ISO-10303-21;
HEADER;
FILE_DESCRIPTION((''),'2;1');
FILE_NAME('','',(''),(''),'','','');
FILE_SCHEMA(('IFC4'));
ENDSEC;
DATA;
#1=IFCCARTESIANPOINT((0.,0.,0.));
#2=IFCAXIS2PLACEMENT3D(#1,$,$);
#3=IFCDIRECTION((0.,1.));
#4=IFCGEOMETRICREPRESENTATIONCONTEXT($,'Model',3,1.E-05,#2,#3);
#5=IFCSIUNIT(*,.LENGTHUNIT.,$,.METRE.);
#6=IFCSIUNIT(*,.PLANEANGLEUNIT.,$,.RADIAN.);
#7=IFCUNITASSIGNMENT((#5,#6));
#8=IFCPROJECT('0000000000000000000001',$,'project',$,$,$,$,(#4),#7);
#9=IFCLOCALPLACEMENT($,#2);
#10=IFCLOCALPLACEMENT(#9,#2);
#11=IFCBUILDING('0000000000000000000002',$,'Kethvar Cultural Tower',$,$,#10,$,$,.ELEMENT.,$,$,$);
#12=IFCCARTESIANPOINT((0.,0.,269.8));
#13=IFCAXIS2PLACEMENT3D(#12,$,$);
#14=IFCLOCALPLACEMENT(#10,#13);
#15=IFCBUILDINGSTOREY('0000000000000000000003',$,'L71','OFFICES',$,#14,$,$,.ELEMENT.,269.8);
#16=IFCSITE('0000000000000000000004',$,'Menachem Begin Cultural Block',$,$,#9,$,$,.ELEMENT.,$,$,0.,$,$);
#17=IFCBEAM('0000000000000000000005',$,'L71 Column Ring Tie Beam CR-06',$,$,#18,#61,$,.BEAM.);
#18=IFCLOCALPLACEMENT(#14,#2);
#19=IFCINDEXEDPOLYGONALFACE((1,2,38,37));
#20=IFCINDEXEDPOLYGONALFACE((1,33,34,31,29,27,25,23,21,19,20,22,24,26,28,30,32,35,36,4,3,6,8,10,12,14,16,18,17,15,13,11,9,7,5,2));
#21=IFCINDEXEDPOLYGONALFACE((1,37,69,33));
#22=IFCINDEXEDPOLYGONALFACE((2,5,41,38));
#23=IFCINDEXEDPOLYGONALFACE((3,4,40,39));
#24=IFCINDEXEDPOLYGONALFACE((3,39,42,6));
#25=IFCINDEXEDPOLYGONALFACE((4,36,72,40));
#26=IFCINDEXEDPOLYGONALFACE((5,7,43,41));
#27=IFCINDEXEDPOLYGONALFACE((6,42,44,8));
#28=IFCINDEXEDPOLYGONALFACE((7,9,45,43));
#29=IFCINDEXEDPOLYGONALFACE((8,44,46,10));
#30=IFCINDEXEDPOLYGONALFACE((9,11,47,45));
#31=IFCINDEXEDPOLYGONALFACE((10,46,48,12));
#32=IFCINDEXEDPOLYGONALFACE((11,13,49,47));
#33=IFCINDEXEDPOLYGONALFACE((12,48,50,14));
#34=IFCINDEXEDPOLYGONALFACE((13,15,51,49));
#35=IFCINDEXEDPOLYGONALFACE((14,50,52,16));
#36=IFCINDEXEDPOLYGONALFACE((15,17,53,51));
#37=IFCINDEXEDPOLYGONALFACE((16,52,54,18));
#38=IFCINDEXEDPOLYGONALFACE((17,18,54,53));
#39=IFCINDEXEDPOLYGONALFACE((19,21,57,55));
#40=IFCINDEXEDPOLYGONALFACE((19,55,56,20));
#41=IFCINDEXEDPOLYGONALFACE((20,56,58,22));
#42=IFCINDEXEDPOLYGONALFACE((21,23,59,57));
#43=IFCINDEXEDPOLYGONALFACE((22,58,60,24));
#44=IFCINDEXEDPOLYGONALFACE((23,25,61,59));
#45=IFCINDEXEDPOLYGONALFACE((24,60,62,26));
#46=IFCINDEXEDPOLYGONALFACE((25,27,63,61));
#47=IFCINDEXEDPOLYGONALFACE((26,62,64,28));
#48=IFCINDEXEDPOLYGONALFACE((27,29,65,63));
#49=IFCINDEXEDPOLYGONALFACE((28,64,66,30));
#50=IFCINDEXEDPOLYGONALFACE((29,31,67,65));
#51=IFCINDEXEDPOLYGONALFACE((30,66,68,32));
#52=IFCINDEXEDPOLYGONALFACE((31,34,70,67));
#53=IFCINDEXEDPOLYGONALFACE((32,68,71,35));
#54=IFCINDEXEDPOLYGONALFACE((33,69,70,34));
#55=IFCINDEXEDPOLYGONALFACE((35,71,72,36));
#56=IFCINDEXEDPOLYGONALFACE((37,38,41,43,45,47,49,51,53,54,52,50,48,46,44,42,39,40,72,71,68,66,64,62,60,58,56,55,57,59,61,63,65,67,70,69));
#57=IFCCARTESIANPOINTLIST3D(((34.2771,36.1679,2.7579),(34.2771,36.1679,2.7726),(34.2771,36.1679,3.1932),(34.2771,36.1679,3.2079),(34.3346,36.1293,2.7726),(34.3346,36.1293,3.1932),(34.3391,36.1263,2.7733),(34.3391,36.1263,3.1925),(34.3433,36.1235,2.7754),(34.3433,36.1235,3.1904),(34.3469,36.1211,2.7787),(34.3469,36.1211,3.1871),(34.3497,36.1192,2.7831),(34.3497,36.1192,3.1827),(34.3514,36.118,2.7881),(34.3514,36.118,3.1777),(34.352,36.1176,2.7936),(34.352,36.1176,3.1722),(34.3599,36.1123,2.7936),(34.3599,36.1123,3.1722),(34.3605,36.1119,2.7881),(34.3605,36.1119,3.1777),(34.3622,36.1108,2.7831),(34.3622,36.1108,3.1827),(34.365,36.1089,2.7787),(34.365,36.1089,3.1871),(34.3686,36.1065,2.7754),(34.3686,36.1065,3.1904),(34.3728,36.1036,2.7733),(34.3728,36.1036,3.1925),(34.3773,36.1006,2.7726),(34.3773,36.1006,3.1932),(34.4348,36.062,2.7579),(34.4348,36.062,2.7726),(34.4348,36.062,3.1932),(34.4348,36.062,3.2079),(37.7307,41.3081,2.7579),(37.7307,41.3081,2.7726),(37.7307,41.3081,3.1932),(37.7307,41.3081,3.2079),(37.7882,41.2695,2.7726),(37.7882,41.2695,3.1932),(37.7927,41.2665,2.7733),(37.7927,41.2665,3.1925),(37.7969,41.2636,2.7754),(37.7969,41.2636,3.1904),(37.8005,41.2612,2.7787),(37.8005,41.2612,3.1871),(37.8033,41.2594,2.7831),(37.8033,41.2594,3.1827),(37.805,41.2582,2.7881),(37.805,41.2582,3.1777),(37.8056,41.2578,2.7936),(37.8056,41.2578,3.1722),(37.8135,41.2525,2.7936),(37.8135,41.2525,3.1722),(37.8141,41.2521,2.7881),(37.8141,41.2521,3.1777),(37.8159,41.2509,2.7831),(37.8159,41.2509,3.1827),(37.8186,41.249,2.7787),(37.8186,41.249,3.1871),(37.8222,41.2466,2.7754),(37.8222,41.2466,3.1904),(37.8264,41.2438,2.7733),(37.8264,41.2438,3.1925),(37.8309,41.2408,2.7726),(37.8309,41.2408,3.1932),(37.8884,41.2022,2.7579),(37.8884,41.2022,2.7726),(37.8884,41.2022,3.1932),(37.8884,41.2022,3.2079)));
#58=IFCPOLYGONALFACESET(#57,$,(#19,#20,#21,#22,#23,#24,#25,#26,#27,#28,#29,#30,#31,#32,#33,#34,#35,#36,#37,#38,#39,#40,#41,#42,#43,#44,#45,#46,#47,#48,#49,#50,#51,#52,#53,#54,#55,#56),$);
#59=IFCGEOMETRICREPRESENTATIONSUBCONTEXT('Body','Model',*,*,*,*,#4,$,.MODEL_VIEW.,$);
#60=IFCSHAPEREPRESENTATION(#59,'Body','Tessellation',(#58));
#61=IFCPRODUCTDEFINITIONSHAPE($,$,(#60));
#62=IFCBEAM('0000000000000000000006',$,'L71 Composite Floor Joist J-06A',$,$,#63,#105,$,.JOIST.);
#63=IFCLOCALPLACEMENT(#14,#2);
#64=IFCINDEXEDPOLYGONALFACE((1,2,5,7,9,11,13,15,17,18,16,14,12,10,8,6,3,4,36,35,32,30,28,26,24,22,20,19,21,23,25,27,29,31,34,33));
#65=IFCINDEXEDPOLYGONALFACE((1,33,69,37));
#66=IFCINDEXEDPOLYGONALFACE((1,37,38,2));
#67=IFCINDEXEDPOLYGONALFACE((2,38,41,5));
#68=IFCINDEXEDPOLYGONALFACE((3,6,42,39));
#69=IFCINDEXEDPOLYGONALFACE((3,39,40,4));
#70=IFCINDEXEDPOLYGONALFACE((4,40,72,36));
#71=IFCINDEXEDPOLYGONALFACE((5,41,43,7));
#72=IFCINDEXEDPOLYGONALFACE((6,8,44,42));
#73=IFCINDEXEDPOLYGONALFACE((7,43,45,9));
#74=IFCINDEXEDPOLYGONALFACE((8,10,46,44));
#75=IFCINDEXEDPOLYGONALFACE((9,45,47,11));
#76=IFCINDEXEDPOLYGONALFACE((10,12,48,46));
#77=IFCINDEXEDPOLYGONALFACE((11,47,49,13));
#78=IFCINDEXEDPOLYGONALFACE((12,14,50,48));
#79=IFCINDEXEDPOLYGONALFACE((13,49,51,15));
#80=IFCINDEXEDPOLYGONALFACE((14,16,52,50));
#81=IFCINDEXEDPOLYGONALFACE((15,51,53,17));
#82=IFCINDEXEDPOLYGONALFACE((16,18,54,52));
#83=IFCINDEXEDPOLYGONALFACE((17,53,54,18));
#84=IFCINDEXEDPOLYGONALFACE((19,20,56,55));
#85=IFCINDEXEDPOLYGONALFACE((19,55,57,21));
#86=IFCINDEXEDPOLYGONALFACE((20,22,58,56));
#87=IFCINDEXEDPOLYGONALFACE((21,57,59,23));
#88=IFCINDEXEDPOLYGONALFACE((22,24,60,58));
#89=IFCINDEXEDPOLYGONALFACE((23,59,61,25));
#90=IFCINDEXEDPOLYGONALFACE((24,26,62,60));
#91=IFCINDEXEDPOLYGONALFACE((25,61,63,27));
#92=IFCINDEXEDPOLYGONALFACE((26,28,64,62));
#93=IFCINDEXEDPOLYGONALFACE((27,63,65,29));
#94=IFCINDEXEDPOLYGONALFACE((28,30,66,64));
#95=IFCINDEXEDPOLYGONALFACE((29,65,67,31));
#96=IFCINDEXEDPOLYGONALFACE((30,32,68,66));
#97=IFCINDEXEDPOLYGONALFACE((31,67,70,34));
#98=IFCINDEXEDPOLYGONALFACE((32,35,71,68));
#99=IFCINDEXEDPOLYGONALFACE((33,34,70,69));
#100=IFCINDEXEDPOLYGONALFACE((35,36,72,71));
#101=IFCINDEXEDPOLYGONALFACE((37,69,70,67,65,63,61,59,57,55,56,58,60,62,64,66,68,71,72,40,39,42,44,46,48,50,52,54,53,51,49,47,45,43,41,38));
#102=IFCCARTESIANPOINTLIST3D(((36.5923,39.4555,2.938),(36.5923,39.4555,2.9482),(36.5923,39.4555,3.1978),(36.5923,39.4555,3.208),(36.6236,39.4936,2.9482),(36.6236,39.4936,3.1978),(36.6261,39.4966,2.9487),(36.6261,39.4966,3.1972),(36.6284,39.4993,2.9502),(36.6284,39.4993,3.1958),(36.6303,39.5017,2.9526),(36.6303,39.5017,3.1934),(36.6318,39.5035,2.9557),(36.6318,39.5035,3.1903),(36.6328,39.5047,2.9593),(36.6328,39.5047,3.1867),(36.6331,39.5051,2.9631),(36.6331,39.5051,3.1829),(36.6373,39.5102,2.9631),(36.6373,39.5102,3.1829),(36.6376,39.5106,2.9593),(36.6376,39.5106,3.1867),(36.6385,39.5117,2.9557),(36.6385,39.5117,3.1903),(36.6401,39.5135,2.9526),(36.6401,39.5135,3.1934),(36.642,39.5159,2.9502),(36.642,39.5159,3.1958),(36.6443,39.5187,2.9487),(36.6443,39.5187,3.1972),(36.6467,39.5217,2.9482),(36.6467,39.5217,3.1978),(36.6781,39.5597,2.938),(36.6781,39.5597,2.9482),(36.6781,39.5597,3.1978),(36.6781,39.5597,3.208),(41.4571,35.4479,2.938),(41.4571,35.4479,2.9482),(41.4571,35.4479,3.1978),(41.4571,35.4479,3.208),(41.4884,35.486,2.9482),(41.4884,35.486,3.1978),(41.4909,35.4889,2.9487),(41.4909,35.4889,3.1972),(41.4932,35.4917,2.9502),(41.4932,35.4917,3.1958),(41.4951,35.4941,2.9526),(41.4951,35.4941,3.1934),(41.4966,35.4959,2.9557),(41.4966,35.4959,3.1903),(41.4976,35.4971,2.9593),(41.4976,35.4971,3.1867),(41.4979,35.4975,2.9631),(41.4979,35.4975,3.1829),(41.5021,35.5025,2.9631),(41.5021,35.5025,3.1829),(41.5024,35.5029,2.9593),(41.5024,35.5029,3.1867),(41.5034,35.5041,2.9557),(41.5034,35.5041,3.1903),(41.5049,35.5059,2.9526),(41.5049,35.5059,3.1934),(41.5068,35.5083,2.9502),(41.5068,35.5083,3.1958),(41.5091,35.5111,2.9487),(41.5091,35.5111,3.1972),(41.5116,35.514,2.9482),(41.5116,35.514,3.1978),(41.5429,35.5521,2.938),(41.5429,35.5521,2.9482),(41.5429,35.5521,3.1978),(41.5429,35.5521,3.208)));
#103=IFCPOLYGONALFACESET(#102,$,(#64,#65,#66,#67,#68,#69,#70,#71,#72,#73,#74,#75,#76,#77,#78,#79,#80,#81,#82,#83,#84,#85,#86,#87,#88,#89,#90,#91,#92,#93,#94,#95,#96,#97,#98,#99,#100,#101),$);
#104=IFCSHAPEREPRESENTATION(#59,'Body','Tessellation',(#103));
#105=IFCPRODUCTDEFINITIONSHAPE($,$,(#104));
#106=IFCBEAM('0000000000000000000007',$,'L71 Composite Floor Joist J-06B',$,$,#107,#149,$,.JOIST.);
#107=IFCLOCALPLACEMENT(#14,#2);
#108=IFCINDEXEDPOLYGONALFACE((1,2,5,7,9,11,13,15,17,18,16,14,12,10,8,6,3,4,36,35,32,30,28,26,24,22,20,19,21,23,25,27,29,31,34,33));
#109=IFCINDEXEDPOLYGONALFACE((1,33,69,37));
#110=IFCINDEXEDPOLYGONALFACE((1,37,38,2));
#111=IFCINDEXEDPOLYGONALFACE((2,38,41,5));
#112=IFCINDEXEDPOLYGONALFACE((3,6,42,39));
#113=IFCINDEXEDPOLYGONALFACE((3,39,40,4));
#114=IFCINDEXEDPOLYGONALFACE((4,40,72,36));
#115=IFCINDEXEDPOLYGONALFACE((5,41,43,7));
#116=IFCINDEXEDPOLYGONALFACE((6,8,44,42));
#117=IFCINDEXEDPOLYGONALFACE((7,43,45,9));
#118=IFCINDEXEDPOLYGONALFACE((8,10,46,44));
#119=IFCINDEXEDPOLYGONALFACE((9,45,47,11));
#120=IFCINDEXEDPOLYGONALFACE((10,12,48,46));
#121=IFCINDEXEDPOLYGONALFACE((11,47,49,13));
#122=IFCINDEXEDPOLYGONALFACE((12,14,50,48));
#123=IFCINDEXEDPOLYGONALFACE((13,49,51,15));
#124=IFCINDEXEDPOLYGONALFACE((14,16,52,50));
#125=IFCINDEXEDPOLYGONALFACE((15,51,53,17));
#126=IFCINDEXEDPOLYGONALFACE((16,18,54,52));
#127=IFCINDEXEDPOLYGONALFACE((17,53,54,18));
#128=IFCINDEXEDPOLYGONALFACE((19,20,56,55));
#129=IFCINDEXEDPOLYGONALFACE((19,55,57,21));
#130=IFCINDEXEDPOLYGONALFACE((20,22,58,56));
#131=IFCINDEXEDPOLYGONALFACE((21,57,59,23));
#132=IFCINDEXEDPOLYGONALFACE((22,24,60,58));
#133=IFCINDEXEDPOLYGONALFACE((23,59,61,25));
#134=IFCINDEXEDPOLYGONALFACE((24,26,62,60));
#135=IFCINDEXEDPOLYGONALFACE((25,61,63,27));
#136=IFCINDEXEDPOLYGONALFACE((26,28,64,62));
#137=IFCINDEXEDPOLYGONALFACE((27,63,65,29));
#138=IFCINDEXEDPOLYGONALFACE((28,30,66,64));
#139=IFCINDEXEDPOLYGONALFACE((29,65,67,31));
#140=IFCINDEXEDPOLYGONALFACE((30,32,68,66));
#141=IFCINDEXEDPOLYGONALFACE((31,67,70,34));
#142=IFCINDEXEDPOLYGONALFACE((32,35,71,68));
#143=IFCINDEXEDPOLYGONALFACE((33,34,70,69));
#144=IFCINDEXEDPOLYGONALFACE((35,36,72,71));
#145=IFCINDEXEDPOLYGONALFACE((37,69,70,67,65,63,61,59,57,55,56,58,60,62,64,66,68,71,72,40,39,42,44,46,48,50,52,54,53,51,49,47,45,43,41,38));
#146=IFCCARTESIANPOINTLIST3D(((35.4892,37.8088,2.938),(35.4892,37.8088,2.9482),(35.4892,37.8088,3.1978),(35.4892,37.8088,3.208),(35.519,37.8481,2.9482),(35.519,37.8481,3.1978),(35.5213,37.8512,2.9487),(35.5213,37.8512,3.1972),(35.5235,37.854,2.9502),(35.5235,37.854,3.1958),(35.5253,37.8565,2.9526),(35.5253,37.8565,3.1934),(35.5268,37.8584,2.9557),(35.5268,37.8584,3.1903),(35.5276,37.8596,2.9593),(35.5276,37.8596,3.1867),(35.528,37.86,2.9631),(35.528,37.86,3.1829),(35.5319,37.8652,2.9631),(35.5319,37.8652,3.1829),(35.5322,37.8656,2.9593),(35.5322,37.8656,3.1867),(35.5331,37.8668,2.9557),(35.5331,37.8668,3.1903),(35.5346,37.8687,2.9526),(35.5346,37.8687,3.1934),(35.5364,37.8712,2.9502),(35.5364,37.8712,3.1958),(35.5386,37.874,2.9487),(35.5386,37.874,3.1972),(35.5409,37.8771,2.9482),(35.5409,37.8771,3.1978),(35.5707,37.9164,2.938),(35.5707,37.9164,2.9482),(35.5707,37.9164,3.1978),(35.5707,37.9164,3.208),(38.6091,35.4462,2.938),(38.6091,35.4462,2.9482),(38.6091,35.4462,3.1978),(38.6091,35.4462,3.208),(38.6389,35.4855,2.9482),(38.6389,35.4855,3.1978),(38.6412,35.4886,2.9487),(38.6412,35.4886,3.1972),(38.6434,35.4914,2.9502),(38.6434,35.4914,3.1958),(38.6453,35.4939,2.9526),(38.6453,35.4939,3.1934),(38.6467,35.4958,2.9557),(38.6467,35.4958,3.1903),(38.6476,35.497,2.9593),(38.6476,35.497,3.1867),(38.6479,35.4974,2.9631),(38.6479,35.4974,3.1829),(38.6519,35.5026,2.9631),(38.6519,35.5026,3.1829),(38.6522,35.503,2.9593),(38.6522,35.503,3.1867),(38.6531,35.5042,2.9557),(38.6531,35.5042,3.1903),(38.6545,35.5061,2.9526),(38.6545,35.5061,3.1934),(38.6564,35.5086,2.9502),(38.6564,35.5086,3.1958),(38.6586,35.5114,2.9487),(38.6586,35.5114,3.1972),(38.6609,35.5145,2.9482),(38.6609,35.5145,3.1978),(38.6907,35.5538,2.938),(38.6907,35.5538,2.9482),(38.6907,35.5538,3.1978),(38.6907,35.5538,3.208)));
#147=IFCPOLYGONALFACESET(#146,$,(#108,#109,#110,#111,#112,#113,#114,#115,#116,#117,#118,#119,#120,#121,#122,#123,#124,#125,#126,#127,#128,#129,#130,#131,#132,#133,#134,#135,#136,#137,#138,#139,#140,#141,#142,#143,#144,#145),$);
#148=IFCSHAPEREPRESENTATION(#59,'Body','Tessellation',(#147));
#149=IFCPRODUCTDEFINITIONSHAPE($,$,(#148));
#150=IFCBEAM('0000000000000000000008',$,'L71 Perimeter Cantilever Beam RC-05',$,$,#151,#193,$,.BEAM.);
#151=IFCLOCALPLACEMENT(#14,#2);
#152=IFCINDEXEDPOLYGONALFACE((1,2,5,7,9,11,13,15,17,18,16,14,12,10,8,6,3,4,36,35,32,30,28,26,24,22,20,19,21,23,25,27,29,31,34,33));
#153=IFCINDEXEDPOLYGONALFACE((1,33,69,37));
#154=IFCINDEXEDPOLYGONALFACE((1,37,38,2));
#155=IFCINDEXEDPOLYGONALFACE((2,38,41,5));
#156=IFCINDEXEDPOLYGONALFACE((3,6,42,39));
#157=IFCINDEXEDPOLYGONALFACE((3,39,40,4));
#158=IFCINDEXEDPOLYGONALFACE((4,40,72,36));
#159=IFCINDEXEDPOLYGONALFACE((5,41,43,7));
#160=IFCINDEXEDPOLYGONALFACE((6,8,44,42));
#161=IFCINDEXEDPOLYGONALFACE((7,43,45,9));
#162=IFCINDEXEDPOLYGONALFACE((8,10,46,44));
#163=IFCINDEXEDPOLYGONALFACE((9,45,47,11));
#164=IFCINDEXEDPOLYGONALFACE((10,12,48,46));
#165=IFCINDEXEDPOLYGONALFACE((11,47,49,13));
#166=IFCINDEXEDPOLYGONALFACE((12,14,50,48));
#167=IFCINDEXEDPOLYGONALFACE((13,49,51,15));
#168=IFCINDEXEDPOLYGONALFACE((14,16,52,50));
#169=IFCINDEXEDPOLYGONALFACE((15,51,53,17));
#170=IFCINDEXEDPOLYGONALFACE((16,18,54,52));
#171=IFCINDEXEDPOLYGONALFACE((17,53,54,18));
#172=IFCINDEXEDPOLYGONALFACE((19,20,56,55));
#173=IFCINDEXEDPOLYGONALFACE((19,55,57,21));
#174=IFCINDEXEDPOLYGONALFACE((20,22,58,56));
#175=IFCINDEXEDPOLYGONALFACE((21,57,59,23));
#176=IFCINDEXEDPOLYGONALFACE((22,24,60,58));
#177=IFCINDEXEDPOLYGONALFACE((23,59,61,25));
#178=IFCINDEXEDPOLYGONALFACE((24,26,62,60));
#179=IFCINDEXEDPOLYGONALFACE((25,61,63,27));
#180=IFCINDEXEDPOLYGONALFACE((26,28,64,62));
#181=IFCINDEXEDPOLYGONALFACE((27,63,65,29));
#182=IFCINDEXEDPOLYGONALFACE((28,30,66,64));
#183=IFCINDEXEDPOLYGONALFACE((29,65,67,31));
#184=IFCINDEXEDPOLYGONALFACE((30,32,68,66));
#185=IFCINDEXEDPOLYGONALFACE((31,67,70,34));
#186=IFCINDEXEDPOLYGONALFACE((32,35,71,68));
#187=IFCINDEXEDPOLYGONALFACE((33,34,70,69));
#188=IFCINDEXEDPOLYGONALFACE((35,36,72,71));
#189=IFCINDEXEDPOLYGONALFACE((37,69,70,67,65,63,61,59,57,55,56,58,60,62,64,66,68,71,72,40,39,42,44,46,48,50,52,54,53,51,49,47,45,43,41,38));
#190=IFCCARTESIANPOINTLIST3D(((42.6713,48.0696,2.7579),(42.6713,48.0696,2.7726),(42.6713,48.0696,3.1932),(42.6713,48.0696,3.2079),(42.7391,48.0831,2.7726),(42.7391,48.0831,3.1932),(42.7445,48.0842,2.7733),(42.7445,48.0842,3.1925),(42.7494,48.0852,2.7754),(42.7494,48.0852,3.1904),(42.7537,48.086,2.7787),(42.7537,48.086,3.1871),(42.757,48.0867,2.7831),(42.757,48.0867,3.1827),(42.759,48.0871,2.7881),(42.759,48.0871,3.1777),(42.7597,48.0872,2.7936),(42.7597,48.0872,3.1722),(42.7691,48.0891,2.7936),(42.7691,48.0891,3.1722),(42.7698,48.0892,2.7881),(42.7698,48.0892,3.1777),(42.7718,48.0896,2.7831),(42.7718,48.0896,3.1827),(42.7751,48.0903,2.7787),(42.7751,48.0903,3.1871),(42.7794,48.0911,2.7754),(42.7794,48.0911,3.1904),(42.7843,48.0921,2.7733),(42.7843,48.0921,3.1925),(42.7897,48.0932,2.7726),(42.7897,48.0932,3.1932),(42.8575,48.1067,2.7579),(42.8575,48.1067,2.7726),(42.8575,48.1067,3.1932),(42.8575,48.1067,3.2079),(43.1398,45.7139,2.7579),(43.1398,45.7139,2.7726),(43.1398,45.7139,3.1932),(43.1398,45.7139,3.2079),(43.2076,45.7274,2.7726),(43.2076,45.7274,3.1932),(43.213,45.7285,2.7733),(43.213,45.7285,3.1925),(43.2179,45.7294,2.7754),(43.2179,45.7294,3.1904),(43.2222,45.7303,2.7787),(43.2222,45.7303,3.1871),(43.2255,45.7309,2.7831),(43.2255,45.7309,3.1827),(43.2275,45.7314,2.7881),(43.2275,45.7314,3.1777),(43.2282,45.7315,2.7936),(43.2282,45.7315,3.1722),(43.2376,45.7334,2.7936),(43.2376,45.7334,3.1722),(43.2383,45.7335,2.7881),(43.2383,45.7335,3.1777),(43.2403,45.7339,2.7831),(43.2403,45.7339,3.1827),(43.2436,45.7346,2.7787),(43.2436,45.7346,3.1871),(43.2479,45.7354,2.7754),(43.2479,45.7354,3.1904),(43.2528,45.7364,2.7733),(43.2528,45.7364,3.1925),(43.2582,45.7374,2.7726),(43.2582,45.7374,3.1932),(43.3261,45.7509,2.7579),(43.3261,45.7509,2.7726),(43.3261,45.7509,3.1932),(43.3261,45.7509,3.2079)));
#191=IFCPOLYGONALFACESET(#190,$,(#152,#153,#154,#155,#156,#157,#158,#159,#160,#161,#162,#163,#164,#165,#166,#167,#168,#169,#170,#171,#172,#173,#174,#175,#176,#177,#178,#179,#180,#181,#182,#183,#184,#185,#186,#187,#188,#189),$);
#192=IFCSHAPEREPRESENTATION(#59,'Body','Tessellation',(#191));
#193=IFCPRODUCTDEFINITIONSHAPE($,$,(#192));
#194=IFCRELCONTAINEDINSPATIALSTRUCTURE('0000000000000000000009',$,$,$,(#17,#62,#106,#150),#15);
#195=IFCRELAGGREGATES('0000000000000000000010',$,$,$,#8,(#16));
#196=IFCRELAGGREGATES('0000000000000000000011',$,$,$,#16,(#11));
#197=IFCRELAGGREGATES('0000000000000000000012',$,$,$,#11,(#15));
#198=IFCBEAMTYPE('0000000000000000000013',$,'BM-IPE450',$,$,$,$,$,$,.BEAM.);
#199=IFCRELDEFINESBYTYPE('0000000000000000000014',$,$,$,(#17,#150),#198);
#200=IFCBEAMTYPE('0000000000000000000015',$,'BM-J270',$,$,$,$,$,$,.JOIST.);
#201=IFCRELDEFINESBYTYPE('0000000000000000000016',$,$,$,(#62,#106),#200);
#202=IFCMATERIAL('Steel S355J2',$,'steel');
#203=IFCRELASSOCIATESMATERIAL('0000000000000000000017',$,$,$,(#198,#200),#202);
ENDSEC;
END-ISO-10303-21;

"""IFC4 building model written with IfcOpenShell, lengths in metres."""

from ifc_helpers import new_model, si_unit, direction, frame, origin, origin_2d, place, context, subcontext, project, spatial, i_section, extrude, source, transform, mapped, material, material_profile, profile_set, type_object, element, save


model = new_model("IFC4")

# Units and contexts
model_context = context("Model", 3, precision=1e-05, world=origin(), true_north=direction((0.0, 1.0)))
body_context = subcontext(model_context, "Body", "Model", "MODEL_VIEW")
ifc_project = project(units=[si_unit("LENGTHUNIT", "METRE"), si_unit("PLANEANGLEUNIT", "RADIAN")], contexts=[model_context])

# Site, building, storey
site_placement = place(None, origin())
site = spatial("IfcSite", under=ifc_project, at=site_placement, Name="Menachem Begin Cultural Block", CompositionType="ELEMENT", RefElevation=0.0)
building_placement = place(site_placement, origin())
building = spatial("IfcBuilding", under=site, at=building_placement, Name="Kethvar Cultural Tower", CompositionType="ELEMENT")
storey_placement = place(building_placement, frame((0.0, 0.0, 269.8)))
storey = spatial("IfcBuildingStorey", under=building, at=storey_placement, Name="L71", Description="OFFICES", CompositionType="ELEMENT", Elevation=269.8)

# Shared definitions
ifc_material_1 = material(Name="Steel S355J2", Category="steel")

# Beams
ifc_material_profile_1 = material_profile(ifc_material_1, i_section(OverallWidth=0.1899, OverallDepth=0.45, WebThickness=0.0095, FlangeThickness=0.0146, FilletRadius=0.021, at=origin_2d()), Name="Steel S355J2 — IPE450")
ifc_profile_set_1 = profile_set([ifc_material_profile_1], Name="Steel S355J2 — IPE450")
beam_type_1 = type_object("IfcBeamType", Name="BM-IPE450", PredefinedType="BEAM", material=ifc_profile_set_1)
ifc_material_profile_2 = material_profile(ifc_material_1, i_section(OverallWidth=0.135, OverallDepth=0.27, WebThickness=0.0066, FlangeThickness=0.0103, FilletRadius=0.0149, at=origin_2d()), Name="Steel S355J2 — IPE270")
ifc_profile_set_2 = profile_set([ifc_material_profile_2], Name="Steel S355J2 — IPE270")
beam_type_2 = type_object("IfcBeamType", Name="BM-J270", PredefinedType="JOIST", material=ifc_profile_set_2)
shared_shape_1 = source(origin(), body_context, "Body", "SweptSolid", [
    extrude(i_section(OverallWidth=0.1899, OverallDepth=0.45, WebThickness=0.0095, FlangeThickness=0.0146, FilletRadius=0.021, at=origin_2d()), origin(), (0.0, 0.0, 1.0), 6.1926),
])
beam_1_placement = place(storey_placement, frame((37.8096, 41.2551, 2.9829), z_axis=(-0.557699, -0.830043, 0.0), x_axis=(0.830043, -0.557699, 0.0)))
element("IfcBeam", 1, at=beam_1_placement, inside=storey, type_object=beam_type_1, Name="L71 Column Ring Tie Beam CR-06", PredefinedType="BEAM", context=body_context, shape_type="MappedRepresentation", body=[
    mapped(shared_shape_1, transform((0.0, 0.0, 0.0), scale=1.0)),
])
shared_shape_2 = source(origin(), body_context, "Body", "SweptSolid", [
    extrude(i_section(OverallWidth=0.135, OverallDepth=0.27, WebThickness=0.0066, FlangeThickness=0.0103, FilletRadius=0.0149, at=origin_2d()), origin(), (0.0, 0.0, 1.0), 6.303),
])
beam_2_placement = place(storey_placement, frame((41.5, 35.5, 3.073), z_axis=(-0.771828, 0.635831, 0.0), x_axis=(-0.635831, -0.771828, 0.0)))
element("IfcBeam", 2, at=beam_2_placement, inside=storey, type_object=beam_type_2, Name="L71 Composite Floor Joist J-06A", PredefinedType="JOIST", context=body_context, shape_type="MappedRepresentation", body=[
    mapped(shared_shape_2, transform((0.0, 0.0, 0.0), scale=1.0)),
])
shared_shape_3 = source(origin(), body_context, "Body", "SweptSolid", [
    extrude(i_section(OverallWidth=0.135, OverallDepth=0.27, WebThickness=0.0066, FlangeThickness=0.0103, FilletRadius=0.0149, at=origin_2d()), origin(), (0.0, 0.0, 1.0), 3.9136),
])
beam_3_placement = place(storey_placement, frame((38.6499, 35.5, 3.073), z_axis=(-0.797214, 0.603697, 0.0), x_axis=(-0.603697, -0.797214, 0.0)))
element("IfcBeam", 3, at=beam_3_placement, inside=storey, type_object=beam_type_2, Name="L71 Composite Floor Joist J-06B", PredefinedType="JOIST", context=body_context, shape_type="MappedRepresentation", body=[
    mapped(shared_shape_3, transform((0.0, 0.0, 0.0), scale=1.0)),
])
shared_shape_4 = source(origin(), body_context, "Body", "SweptSolid", [
    extrude(i_section(OverallWidth=0.1899, OverallDepth=0.45, WebThickness=0.0095, FlangeThickness=0.0146, FilletRadius=0.021, at=origin_2d()), origin(), (0.0, 0.0, 1.0), 2.4019),
])
beam_4_placement = place(storey_placement, frame((43.2329, 45.7324, 2.9829), z_axis=(-0.19506, 0.980791, 0.0), x_axis=(-0.980791, -0.19506, 0.0)))
element("IfcBeam", 4, at=beam_4_placement, inside=storey, type_object=beam_type_1, Name="L71 Perimeter Cantilever Beam RC-05", PredefinedType="BEAM", context=body_context, shape_type="MappedRepresentation", body=[
    mapped(shared_shape_4, transform((0.0, 0.0, 0.0), scale=1.0)),
])

save(model, "model.ifc")
